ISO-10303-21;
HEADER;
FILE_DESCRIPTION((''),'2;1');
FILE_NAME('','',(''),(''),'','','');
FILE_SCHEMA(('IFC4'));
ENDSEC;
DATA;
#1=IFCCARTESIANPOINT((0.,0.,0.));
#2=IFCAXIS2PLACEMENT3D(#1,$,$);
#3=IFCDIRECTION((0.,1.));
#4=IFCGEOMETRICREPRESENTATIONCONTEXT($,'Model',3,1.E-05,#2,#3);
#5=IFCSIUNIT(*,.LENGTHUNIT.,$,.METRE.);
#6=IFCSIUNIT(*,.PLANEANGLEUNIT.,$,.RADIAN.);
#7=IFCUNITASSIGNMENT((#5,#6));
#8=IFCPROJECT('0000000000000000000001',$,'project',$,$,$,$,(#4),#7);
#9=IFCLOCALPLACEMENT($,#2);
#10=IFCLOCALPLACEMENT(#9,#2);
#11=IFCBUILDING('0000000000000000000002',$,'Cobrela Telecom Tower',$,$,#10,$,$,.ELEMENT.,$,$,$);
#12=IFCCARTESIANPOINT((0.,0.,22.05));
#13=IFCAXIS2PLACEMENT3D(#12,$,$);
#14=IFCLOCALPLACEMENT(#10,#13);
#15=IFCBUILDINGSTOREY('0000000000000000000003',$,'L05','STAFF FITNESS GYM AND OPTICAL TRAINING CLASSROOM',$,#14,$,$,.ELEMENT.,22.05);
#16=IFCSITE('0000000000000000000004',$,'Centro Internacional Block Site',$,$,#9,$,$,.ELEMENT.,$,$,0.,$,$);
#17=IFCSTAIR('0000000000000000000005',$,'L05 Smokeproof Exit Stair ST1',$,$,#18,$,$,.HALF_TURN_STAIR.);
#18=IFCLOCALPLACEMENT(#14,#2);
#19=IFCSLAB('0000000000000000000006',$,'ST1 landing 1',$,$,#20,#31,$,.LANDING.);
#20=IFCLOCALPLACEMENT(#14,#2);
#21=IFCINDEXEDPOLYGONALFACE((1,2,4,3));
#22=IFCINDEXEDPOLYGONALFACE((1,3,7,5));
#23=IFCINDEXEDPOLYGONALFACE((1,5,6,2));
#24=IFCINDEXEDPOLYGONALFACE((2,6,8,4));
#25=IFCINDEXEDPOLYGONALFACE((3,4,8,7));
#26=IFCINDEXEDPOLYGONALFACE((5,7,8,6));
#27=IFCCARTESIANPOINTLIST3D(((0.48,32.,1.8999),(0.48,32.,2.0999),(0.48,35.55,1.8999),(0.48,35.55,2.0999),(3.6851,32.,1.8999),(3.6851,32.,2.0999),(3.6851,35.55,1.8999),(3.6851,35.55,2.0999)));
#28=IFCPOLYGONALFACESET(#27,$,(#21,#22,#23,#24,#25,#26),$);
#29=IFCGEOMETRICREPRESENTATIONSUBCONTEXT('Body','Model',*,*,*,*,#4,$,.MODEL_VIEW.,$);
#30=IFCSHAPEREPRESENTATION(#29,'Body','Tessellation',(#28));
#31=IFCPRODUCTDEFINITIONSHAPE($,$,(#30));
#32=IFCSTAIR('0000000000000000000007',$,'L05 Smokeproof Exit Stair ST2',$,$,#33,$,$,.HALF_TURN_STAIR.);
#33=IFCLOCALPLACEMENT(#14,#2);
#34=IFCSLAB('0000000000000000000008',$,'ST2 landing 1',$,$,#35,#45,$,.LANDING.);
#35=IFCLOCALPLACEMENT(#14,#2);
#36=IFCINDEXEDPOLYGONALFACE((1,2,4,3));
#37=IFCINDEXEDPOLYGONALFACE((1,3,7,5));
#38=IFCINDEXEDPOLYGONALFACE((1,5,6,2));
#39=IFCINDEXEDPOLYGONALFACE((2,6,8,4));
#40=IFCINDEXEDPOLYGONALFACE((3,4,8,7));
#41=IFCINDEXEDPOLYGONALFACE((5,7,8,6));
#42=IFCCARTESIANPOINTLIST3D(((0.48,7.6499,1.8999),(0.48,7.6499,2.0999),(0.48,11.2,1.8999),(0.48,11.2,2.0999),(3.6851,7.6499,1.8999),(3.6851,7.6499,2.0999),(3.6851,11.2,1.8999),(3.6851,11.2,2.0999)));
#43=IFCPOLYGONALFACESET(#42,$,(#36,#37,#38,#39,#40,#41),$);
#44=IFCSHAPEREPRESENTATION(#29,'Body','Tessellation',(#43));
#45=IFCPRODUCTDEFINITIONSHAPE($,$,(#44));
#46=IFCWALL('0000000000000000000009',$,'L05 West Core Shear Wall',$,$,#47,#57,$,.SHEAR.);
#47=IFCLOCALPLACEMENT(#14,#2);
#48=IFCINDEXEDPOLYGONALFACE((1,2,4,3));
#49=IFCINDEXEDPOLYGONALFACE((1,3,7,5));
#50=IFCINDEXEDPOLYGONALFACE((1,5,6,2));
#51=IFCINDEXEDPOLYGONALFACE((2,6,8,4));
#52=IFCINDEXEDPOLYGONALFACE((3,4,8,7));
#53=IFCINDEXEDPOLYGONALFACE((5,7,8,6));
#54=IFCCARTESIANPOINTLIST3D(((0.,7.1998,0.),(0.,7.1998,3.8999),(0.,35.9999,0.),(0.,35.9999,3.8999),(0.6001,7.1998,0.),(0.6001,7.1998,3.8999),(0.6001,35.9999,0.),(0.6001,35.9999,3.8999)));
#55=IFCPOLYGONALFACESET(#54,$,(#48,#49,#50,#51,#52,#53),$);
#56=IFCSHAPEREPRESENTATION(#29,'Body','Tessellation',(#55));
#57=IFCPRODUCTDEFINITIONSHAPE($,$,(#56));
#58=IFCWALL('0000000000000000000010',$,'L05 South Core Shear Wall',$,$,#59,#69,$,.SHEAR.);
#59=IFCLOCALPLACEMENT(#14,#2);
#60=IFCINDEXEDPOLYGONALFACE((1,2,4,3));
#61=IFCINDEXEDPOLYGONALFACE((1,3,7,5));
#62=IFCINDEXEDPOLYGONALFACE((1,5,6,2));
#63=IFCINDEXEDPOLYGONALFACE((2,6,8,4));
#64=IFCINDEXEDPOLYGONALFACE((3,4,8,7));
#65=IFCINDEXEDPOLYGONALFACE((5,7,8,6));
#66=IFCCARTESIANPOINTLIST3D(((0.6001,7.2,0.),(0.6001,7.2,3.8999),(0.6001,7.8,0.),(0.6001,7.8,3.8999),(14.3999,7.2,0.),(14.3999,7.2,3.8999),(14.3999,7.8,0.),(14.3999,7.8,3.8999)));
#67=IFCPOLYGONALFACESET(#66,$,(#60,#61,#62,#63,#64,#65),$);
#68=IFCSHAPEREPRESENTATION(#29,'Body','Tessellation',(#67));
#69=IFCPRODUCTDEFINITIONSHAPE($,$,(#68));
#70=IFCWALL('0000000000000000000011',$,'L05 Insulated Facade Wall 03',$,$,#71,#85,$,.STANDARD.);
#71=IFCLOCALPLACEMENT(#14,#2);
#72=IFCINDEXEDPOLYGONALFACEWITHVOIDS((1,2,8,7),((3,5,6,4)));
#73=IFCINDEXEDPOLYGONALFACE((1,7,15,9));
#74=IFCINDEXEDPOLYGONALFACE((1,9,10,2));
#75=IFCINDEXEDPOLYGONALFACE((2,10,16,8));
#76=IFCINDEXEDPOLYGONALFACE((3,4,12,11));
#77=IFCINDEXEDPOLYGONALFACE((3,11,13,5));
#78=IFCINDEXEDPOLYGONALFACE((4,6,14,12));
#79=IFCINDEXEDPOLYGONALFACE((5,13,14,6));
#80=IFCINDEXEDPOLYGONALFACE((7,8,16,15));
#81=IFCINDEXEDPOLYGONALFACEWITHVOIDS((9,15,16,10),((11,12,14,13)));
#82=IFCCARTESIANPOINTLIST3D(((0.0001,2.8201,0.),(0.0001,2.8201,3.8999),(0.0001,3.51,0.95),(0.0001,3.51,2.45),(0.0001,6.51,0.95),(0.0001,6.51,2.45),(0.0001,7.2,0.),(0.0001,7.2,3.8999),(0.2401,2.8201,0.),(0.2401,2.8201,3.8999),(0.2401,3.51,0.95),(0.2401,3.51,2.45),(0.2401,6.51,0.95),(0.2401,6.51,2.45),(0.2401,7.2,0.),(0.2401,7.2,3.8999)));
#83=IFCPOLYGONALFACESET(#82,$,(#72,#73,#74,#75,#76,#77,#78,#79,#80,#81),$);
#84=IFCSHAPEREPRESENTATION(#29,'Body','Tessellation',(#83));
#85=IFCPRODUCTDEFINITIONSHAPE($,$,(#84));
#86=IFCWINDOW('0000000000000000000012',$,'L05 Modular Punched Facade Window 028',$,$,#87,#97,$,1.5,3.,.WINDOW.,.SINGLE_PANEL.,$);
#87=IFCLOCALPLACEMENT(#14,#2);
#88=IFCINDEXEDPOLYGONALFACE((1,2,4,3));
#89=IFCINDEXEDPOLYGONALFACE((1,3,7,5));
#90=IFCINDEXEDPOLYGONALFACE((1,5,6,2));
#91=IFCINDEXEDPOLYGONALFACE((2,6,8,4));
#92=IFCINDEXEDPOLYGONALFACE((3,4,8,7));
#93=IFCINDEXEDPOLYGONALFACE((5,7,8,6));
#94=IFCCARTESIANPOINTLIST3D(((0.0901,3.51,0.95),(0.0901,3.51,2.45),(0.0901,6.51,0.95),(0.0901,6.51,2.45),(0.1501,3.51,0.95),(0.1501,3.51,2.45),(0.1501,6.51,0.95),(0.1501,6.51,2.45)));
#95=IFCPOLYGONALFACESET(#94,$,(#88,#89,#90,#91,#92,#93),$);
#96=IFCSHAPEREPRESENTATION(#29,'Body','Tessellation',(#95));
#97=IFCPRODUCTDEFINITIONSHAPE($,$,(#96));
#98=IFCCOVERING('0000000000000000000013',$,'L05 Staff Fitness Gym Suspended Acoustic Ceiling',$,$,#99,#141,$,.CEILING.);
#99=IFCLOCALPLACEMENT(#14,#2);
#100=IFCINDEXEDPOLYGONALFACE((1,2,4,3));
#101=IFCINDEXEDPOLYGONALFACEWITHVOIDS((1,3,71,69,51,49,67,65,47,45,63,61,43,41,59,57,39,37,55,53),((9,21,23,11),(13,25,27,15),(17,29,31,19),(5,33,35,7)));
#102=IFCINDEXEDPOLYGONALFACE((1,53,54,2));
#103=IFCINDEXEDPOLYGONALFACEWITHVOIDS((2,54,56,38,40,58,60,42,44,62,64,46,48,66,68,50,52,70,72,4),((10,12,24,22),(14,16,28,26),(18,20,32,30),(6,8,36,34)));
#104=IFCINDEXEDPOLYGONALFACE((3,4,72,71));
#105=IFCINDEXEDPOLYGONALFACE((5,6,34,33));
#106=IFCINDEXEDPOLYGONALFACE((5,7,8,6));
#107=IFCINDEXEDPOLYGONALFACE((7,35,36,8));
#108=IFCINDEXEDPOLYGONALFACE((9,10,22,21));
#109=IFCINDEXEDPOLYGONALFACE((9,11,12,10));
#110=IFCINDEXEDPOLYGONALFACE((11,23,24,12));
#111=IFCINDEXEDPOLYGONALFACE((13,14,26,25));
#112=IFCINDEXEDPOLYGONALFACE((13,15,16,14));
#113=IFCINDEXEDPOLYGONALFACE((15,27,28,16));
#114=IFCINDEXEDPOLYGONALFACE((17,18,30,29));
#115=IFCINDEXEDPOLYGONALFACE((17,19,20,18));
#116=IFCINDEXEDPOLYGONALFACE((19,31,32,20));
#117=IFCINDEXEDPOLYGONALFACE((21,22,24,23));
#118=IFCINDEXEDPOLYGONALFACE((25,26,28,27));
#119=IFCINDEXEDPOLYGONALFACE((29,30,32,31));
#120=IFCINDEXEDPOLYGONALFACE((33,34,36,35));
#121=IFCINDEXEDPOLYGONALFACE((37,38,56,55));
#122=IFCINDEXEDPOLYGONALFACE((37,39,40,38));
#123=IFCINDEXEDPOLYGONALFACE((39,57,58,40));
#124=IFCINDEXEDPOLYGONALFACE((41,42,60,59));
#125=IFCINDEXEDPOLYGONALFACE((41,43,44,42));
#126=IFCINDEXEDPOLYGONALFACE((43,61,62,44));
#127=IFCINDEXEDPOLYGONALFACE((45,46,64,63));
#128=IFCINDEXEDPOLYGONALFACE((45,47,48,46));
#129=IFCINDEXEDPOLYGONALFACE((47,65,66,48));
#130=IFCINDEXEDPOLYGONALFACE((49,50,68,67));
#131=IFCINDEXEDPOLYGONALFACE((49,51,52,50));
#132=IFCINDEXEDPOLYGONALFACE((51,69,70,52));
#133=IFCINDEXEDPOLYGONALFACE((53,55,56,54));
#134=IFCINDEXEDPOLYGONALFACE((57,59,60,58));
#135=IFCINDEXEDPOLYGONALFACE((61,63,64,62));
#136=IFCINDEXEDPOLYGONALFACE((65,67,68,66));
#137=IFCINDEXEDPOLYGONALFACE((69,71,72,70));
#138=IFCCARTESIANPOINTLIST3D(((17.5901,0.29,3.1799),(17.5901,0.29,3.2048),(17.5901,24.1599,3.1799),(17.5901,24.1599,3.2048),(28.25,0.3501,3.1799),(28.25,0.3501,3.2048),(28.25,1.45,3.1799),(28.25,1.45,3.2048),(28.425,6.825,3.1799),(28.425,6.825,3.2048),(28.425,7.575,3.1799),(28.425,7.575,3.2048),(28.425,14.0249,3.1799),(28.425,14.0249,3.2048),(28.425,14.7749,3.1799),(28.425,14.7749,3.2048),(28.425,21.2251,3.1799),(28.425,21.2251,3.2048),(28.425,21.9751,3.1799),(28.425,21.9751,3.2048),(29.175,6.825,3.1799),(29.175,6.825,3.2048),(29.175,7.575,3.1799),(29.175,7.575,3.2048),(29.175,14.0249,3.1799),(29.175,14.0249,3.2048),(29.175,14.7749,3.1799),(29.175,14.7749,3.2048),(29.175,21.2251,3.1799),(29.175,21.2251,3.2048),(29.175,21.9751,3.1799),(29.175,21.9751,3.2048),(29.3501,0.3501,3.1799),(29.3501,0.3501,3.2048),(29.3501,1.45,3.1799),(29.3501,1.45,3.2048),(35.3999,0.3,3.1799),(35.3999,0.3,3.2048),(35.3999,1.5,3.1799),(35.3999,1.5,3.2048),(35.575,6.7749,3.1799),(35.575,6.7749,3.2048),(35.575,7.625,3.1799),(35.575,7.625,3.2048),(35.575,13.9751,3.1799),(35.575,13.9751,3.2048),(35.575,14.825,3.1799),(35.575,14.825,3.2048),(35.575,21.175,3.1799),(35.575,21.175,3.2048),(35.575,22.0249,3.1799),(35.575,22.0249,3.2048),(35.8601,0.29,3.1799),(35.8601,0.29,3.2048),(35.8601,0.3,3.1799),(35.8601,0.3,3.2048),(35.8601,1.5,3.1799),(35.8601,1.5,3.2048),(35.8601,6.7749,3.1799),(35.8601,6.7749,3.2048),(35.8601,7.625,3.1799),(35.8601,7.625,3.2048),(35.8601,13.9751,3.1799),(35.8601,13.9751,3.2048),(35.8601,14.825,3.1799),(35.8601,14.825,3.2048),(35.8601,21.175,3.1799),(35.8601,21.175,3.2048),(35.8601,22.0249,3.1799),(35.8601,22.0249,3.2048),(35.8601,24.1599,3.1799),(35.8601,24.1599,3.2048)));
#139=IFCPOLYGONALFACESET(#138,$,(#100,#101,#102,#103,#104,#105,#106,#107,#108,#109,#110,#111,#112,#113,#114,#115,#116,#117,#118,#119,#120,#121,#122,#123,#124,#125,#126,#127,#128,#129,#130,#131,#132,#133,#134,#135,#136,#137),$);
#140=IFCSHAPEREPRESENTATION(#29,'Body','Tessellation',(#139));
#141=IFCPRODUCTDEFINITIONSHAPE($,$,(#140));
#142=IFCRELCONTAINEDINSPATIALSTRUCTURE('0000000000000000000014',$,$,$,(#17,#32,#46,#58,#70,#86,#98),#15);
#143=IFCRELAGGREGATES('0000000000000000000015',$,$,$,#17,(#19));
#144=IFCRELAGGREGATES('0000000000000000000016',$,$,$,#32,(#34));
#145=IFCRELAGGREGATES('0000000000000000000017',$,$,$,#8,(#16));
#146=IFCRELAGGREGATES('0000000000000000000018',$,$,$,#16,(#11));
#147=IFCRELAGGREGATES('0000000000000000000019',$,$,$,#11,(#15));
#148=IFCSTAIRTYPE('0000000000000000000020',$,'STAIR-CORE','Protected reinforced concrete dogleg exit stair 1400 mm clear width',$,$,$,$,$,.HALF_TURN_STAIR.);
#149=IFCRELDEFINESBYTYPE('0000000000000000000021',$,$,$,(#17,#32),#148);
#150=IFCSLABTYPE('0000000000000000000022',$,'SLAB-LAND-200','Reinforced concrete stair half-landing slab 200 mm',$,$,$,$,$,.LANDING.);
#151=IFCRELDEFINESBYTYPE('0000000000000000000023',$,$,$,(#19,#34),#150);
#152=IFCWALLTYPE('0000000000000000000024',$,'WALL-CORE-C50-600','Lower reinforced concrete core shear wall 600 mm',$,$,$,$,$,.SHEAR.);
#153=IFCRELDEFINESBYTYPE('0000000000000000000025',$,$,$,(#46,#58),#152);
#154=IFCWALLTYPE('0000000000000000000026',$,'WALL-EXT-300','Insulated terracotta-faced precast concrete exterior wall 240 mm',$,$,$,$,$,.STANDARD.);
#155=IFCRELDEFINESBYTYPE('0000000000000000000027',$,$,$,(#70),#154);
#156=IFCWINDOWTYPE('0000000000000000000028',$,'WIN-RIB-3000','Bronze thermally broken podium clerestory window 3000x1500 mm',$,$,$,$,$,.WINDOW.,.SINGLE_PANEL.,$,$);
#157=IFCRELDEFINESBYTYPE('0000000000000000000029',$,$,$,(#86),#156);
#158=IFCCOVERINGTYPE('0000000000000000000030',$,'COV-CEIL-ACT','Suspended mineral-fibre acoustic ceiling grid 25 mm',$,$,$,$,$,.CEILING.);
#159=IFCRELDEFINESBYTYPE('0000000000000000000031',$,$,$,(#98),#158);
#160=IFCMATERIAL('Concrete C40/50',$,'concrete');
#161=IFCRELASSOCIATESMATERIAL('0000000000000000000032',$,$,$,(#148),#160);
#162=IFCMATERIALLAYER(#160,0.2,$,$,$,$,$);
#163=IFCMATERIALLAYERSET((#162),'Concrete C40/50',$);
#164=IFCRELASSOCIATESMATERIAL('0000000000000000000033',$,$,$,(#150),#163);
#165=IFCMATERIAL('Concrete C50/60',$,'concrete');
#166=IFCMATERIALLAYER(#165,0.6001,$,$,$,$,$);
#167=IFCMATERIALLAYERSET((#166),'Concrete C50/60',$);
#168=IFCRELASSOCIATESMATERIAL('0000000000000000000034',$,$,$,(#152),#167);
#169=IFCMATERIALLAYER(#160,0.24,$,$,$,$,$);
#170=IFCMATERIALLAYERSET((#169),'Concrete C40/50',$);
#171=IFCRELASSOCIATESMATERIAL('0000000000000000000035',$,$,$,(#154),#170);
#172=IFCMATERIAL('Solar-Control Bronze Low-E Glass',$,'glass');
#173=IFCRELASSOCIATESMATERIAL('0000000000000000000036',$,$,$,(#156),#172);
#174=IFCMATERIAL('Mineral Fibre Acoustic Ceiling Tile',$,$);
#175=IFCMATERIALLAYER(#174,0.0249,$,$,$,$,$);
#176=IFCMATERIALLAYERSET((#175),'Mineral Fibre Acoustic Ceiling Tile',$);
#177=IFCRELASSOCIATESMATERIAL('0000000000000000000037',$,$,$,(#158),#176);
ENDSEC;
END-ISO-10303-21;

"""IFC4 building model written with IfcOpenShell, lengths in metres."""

from ifc_helpers import new_model, si_unit, direction, frame, frame_2d, origin, place, context, subcontext, project, spatial, polyline, rectangle, outline, extrude, material, layer, layer_set, type_object, element, fill, aggregate, save


model = new_model("IFC4")

# Units and contexts
model_context = context("Model", 3, precision=1e-05, world=origin(), true_north=direction((0.0, 1.0)))
body_context = subcontext(model_context, "Body", "Model", "MODEL_VIEW")
ifc_project = project(units=[si_unit("LENGTHUNIT", "METRE"), si_unit("PLANEANGLEUNIT", "RADIAN")], contexts=[model_context])

# Site, building, storey
site_placement = place(None, origin())
site = spatial("IfcSite", under=ifc_project, at=site_placement, Name="Centro Internacional Block Site", CompositionType="ELEMENT", RefElevation=0.0)
building_placement = place(site_placement, origin())
building = spatial("IfcBuilding", under=site, at=building_placement, Name="Cobrela Telecom Tower", CompositionType="ELEMENT")
storey_placement = place(building_placement, frame((0.0, 0.0, 22.05)))
storey = spatial("IfcBuildingStorey", under=building, at=storey_placement, Name="L05", Description="STAFF FITNESS GYM AND OPTICAL TRAINING CLASSROOM", CompositionType="ELEMENT", Elevation=22.05)

# Shared definitions
ifc_material_1 = material(Name="Concrete C40/50", Category="concrete")

# Stairs, slabs
stair_type = type_object("IfcStairType", Name="STAIR-CORE", Description="Protected reinforced concrete dogleg exit stair 1400 mm clear width", PredefinedType="HALF_TURN_STAIR", material=ifc_material_1)
stair_1_placement = place(storey_placement, origin())
stair_1 = element("IfcStair", 1, at=stair_1_placement, inside=storey, type_object=stair_type, Name="L05 Smokeproof Exit Stair ST1", PredefinedType="HALF_TURN_STAIR")
ifc_layer_1 = layer(ifc_material_1, 0.2)
ifc_layer_set_1 = layer_set([ifc_layer_1], Name="Concrete C40/50")
slab_type_1 = type_object("IfcSlabType", Name="SLAB-LAND-200", Description="Reinforced concrete stair half-landing slab 200 mm", PredefinedType="LANDING", material=ifc_layer_set_1)
slab_1_placement = place(storey_placement, frame((0.0, 0.0, 1.8999)))
slab_1 = element("IfcSlab", 2, at=slab_1_placement, type_object=slab_type_1, Name="ST1 landing 1", PredefinedType="LANDING", context=body_context, shape_type="SweptSolid", body=[
    extrude(outline(polyline([(3.6851, 35.55), (0.48, 35.55), (0.48, 32.0), (3.6851, 32.0), (3.6851, 35.55)])), origin(), (0.0, 0.0, 1.0), 0.2),
])
aggregate(stair_1, [slab_1])
stair_2_placement = place(storey_placement, origin())
stair_2 = element("IfcStair", 3, at=stair_2_placement, inside=storey, type_object=stair_type, Name="L05 Smokeproof Exit Stair ST2", PredefinedType="HALF_TURN_STAIR")
slab_2_placement = place(storey_placement, frame((0.0, 0.0, 1.8999)))
slab_2 = element("IfcSlab", 4, at=slab_2_placement, type_object=slab_type_1, Name="ST2 landing 1", PredefinedType="LANDING", context=body_context, shape_type="SweptSolid", body=[
    extrude(outline(polyline([(3.6851, 11.2), (0.48, 11.2), (0.48, 7.6499), (3.6851, 7.6499), (3.6851, 11.2)])), origin(), (0.0, 0.0, 1.0), 0.2),
])
aggregate(stair_2, [slab_2])

# Walls
ifc_material_2 = material(Name="Concrete C50/60", Category="concrete")
ifc_layer_2 = layer(ifc_material_2, 0.6001)
ifc_layer_set_2 = layer_set([ifc_layer_2], Name="Concrete C50/60")
wall_type_1 = type_object("IfcWallType", Name="WALL-CORE-C50-600", Description="Lower reinforced concrete core shear wall 600 mm", PredefinedType="SHEAR", material=ifc_layer_set_2)
wall_1_placement = place(storey_placement, frame((0.3, 7.2, 0.0), z_axis=(0.0, 0.0, 1.0), x_axis=(0.0, 1.0, 0.0)))
element("IfcWall", 5, at=wall_1_placement, inside=storey, type_object=wall_type_1, Name="L05 West Core Shear Wall", PredefinedType="SHEAR", context=body_context, shape_type="SweptSolid", body=[
    extrude(rectangle(XDim=28.8, YDim=0.6001, at=frame_2d((14.3999, 0.0))), origin(), (0.0, 0.0, 1.0), 3.8999),
])
wall_2_placement = place(storey_placement, frame((0.6001, 7.5, 0.0), z_axis=(0.0, 0.0, 1.0), x_axis=(1.0, 0.0, 0.0)))
element("IfcWall", 6, at=wall_2_placement, inside=storey, type_object=wall_type_1, Name="L05 South Core Shear Wall", PredefinedType="SHEAR", context=body_context, shape_type="SweptSolid", body=[
    extrude(rectangle(XDim=13.7998, YDim=0.6001, at=frame_2d((6.8999, 0.0))), origin(), (0.0, 0.0, 1.0), 3.8999),
])

# Wall, opening, window
ifc_layer_3 = layer(ifc_material_1, 0.24)
ifc_layer_set_3 = layer_set([ifc_layer_3], Name="Concrete C40/50")
wall_type_2 = type_object("IfcWallType", Name="WALL-EXT-300", Description="Insulated terracotta-faced precast concrete exterior wall 240 mm", PredefinedType="STANDARD", material=ifc_layer_set_3)
wall_3_placement = place(storey_placement, frame((0.1201, 2.8201, 0.0), z_axis=(0.0, 0.0, 1.0), x_axis=(0.0, 1.0, 0.0)))
wall_3 = element("IfcWall", 7, at=wall_3_placement, inside=storey, type_object=wall_type_2, Name="L05 Insulated Facade Wall 03", PredefinedType="STANDARD", context=body_context, shape_type="SweptSolid", body=[
    extrude(rectangle(XDim=4.3799, YDim=0.24, at=frame_2d((2.1899, 0.0))), origin(), (0.0, 0.0, 1.0), 3.8999),
])
opening_1_placement = place(wall_3_placement, frame((0.6899, 0.0, 0.95)))
opening_1 = element("IfcOpeningElement", 8, at=opening_1_placement, cuts=wall_3, PredefinedType="OPENING", context=body_context, shape_type="SweptSolid", body=[
    extrude(rectangle(XDim=3.0, YDim=1.5, at=frame_2d((1.5, 0.75))), frame((0.0, 0.1318, 0.0), z_axis=(0.0, -1.0, 0.0), x_axis=(1.0, 0.0, 0.0)), (0.0, 0.0, 1.0), 0.2639),
])
ifc_material_3 = material(Name="Solar-Control Bronze Low-E Glass", Category="glass")
window_type = type_object("IfcWindowType", Name="WIN-RIB-3000", Description="Bronze thermally broken podium clerestory window 3000x1500 mm", PartitioningType="SINGLE_PANEL", PredefinedType="WINDOW", material=ifc_material_3)
window_placement = place(opening_1_placement, origin())
window = element("IfcWindow", 9, at=window_placement, inside=storey, type_object=window_type, Name="L05 Modular Punched Facade Window 028", OverallHeight=1.5, OverallWidth=3.0, PartitioningType="SINGLE_PANEL", PredefinedType="WINDOW", context=body_context, shape_type="SweptSolid", body=[
    extrude(rectangle(XDim=3.0, YDim=1.5, at=frame_2d((1.5, 0.75))), frame((0.0, 0.03, 0.0), z_axis=(0.0, -1.0, 0.0), x_axis=(1.0, 0.0, 0.0)), (0.0, 0.0, 1.0), 0.0601),
])
fill(opening_1, window)

# Covering
ifc_material_4 = material(Name="Mineral Fibre Acoustic Ceiling Tile")
ifc_layer_4 = layer(ifc_material_4, 0.0249)
ifc_layer_set_4 = layer_set([ifc_layer_4], Name="Mineral Fibre Acoustic Ceiling Tile")
covering_type_1 = type_object("IfcCoveringType", Name="COV-CEIL-ACT", Description="Suspended mineral-fibre acoustic ceiling grid 25 mm", PredefinedType="CEILING", material=ifc_layer_set_4)
covering_1_placement = place(storey_placement, frame((0.0, 0.0, 3.1799)))
element("IfcCovering", 10, at=covering_1_placement, inside=storey, type_object=covering_type_1, Name="L05 Staff Fitness Gym Suspended Acoustic Ceiling", PredefinedType="CEILING", context=body_context, shape_type="SweptSolid", body=[
    extrude(outline(polyline([(35.8601, 22.0249), (35.575, 22.0249), (35.575, 21.175), (35.8601, 21.175), (35.8601, 14.825), (35.575, 14.825), (35.575, 13.9751), (35.8601, 13.9751), (35.8601, 7.625), (35.575, 7.625), (35.575, 6.7749), (35.8601, 6.7749), (35.8601, 1.5), (35.3999, 1.5), (35.3999, 0.3), (35.8601, 0.3), (35.8601, 0.29), (17.5901, 0.29), (17.5901, 24.1599), (35.8601, 24.1599), (35.8601, 22.0249)]), holes=[polyline([(29.3501, 0.3501), (29.3501, 1.45), (28.25, 1.45), (28.25, 0.3501), (29.3501, 0.3501)]), polyline([(28.425, 6.825), (29.175, 6.825), (29.175, 7.575), (28.425, 7.575), (28.425, 6.825)]), polyline([(29.175, 14.0249), (29.175, 14.7749), (28.425, 14.7749), (28.425, 14.0249), (29.175, 14.0249)]), polyline([(28.425, 21.2251), (29.175, 21.2251), (29.175, 21.9751), (28.425, 21.9751), (28.425, 21.2251)])]), origin(), (0.0, 0.0, 1.0), 0.0249),
])

save(model, "model.ifc")
